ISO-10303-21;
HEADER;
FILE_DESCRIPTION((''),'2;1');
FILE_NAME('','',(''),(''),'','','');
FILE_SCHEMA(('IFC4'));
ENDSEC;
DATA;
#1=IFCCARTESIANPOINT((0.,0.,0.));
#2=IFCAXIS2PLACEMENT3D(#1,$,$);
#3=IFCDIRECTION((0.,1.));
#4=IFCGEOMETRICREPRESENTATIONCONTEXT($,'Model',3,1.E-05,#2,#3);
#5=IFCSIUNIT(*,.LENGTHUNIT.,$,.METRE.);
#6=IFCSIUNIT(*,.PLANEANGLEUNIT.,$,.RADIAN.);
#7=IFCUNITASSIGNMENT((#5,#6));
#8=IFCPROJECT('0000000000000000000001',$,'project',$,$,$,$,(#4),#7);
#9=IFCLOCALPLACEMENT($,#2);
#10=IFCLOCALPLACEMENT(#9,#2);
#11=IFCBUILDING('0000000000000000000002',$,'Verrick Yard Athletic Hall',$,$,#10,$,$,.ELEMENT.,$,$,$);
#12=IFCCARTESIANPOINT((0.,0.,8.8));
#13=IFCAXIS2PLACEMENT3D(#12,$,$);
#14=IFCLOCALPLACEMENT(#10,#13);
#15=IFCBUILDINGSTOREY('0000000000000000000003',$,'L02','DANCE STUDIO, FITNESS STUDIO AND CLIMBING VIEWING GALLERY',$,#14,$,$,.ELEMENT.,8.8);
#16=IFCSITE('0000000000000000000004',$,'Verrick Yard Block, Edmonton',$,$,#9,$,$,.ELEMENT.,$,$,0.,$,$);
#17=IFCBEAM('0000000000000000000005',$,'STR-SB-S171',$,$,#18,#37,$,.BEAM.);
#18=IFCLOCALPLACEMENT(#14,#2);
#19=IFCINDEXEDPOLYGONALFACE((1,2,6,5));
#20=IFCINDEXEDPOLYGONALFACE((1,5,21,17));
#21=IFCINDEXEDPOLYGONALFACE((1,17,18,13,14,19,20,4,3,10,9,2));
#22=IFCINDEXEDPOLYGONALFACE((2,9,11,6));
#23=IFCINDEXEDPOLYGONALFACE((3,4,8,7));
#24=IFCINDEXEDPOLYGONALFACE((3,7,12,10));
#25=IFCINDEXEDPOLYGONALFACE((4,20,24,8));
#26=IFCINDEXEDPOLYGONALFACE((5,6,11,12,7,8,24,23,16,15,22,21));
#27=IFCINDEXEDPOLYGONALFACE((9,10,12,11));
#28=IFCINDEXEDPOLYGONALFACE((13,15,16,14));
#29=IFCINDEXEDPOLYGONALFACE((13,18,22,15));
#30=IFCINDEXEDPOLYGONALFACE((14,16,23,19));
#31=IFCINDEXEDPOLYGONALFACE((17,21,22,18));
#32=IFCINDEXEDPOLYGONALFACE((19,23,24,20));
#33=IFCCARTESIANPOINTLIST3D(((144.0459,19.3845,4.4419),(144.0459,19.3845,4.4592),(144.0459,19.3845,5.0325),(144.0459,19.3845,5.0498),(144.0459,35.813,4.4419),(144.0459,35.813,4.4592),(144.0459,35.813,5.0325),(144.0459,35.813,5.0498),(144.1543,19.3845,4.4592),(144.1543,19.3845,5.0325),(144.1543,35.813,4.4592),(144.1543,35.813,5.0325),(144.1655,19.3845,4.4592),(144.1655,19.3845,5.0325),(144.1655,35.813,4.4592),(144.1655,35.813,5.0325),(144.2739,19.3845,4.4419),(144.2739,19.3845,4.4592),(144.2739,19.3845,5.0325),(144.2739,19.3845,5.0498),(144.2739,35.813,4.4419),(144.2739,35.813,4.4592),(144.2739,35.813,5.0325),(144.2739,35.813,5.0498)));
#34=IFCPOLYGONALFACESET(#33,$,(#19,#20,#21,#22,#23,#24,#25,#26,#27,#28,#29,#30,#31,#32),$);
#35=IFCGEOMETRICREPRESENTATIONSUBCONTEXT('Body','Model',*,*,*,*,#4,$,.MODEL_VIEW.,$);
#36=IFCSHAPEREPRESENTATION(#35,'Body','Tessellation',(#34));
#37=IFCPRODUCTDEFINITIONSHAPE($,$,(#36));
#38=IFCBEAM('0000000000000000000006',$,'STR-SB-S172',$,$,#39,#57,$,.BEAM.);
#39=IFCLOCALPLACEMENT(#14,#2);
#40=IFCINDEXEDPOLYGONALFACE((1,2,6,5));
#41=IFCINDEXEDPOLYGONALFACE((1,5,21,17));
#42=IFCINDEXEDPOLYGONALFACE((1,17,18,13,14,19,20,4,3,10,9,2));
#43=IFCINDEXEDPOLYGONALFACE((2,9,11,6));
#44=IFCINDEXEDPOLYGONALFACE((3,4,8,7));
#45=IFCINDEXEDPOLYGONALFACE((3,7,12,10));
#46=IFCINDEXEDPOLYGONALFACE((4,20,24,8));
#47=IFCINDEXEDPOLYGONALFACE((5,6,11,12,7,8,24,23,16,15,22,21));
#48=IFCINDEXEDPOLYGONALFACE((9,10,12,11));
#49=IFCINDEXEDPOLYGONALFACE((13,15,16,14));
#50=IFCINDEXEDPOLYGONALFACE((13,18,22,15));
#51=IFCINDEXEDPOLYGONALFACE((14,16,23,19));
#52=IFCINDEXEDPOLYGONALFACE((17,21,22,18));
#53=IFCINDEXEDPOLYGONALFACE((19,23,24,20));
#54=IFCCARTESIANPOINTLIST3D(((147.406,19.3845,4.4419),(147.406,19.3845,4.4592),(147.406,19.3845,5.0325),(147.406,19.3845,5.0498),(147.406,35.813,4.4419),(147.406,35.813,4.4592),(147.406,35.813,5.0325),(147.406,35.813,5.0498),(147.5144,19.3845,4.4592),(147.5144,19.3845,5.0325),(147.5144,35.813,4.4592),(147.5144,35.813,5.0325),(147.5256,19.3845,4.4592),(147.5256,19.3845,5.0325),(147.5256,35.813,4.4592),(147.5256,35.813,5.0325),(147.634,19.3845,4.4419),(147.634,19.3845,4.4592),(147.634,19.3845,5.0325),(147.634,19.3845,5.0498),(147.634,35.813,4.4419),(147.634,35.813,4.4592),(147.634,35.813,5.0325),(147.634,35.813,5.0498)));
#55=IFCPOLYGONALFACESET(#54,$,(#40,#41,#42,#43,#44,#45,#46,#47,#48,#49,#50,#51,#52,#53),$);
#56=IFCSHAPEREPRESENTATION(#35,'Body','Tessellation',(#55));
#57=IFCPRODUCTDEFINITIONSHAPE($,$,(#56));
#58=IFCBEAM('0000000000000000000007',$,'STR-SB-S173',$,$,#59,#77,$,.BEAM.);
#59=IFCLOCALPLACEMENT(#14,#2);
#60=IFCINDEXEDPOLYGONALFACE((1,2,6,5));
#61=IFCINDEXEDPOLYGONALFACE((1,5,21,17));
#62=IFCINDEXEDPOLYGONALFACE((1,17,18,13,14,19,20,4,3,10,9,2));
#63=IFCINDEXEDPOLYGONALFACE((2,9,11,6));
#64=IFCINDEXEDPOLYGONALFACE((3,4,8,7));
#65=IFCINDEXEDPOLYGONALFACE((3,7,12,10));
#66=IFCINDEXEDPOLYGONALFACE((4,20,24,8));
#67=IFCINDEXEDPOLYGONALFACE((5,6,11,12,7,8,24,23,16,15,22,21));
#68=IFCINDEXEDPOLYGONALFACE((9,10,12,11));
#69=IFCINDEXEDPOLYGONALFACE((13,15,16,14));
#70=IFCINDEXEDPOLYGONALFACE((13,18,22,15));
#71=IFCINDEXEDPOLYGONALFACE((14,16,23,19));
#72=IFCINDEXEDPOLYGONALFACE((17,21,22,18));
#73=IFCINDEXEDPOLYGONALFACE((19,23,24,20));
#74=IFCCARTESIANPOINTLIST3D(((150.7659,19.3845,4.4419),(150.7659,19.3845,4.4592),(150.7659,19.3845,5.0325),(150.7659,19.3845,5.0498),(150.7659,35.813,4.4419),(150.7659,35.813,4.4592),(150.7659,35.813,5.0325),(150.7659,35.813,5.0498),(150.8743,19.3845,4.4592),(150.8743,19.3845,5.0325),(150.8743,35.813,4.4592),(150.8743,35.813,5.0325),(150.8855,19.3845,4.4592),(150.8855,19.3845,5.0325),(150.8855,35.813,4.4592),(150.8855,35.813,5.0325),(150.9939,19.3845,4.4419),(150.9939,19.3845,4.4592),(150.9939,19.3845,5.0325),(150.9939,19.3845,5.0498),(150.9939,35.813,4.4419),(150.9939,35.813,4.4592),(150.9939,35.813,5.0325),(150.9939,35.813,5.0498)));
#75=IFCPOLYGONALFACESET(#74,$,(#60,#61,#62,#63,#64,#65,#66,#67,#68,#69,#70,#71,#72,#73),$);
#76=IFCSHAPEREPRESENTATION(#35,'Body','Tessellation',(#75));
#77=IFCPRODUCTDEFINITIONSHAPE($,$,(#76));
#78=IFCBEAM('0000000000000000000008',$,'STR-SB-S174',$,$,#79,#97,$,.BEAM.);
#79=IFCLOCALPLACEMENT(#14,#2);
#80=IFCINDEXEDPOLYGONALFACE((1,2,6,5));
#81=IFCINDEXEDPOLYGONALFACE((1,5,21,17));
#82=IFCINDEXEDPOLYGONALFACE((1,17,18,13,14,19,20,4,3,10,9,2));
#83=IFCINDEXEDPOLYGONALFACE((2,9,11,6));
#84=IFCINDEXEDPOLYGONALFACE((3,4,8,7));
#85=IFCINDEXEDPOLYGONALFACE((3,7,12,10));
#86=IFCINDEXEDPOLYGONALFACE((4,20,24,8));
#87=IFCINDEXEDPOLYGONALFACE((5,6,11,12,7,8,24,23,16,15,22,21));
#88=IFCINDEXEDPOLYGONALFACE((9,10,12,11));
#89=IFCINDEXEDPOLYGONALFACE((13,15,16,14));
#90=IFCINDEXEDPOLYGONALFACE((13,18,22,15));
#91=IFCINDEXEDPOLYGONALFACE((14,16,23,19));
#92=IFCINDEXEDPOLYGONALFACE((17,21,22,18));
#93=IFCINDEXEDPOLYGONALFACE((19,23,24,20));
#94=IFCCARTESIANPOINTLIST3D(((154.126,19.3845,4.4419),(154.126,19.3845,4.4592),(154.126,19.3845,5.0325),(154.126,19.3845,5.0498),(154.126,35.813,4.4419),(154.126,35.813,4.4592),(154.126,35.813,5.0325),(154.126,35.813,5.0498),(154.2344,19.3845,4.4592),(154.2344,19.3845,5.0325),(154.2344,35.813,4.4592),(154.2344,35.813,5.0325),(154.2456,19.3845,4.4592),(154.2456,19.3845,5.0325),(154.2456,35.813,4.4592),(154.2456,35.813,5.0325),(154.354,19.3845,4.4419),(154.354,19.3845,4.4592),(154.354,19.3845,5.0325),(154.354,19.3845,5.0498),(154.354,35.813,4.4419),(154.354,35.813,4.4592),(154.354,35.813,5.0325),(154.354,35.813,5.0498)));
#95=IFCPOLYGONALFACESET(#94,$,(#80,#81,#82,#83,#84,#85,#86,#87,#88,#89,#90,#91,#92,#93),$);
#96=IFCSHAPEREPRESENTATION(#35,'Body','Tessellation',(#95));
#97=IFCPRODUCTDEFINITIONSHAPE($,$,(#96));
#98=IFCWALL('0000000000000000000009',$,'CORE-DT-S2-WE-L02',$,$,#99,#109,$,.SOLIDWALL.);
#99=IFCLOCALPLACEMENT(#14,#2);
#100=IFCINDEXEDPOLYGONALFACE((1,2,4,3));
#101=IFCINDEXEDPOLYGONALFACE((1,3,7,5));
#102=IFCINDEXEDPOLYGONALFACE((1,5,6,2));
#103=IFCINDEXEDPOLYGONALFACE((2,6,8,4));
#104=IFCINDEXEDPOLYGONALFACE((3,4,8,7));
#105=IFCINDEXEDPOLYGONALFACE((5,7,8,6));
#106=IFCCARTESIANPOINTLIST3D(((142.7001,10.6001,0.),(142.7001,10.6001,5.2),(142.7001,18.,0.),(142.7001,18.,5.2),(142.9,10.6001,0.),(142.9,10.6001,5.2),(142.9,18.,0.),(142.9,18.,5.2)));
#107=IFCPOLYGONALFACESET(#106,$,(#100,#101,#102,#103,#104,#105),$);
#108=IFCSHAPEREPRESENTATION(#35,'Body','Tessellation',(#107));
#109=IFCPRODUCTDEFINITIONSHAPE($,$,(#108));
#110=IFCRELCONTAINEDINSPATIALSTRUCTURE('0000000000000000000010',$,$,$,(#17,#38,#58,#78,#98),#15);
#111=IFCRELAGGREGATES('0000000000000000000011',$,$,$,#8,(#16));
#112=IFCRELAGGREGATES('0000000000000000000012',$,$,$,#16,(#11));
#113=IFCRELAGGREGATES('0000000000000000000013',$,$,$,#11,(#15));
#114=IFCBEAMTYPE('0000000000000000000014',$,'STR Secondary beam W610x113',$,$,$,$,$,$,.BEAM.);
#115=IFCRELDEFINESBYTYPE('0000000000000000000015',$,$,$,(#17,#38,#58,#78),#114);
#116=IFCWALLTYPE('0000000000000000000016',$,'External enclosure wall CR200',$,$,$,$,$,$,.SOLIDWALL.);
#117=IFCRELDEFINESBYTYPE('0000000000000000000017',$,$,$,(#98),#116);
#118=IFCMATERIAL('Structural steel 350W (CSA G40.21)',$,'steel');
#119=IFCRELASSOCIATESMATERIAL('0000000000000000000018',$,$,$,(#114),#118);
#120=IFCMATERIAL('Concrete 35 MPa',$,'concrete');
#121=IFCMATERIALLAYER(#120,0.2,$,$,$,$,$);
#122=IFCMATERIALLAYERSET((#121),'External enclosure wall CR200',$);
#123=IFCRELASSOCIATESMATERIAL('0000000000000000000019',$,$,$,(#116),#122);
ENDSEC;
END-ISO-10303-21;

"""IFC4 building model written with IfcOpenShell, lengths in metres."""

from ifc_helpers import new_model, si_unit, direction, frame, frame_2d, origin, origin_2d, place, context, subcontext, project, spatial, rectangle, i_section, extrude, material, layer, layer_set, material_profile, profile_set, type_object, element, save


model = new_model("IFC4")

# Units and contexts
model_context = context("Model", 3, precision=1e-05, world=origin(), true_north=direction((0.0, 1.0)))
body_context = subcontext(model_context, "Body", "Model", "MODEL_VIEW")
ifc_project = project(units=[si_unit("LENGTHUNIT", "METRE"), si_unit("PLANEANGLEUNIT", "RADIAN")], contexts=[model_context])

# Site, building, storey
site_placement = place(None, origin())
site = spatial("IfcSite", under=ifc_project, at=site_placement, Name="Verrick Yard Block, Edmonton", CompositionType="ELEMENT", RefElevation=0.0)
building_placement = place(site_placement, origin())
building = spatial("IfcBuilding", under=site, at=building_placement, Name="Verrick Yard Athletic Hall", CompositionType="ELEMENT")
storey_placement = place(building_placement, frame((0.0, 0.0, 8.8)))
storey = spatial("IfcBuildingStorey", under=building, at=storey_placement, Name="L02", Description="DANCE STUDIO, FITNESS STUDIO AND CLIMBING VIEWING GALLERY", CompositionType="ELEMENT", Elevation=8.8)

# Shared definitions
ifc_material_1 = material(Name="Structural steel 350W (CSA G40.21)", Category="steel")

# Beams
ifc_material_profile_1 = material_profile(ifc_material_1, i_section(OverallWidth=0.228, OverallDepth=0.6079, WebThickness=0.0112, FlangeThickness=0.0173, at=origin_2d()), Name="W610x113")
ifc_profile_set_1 = profile_set([ifc_material_profile_1], Name="Structural steel 350W (CSA G40.21)")
beam_type = type_object("IfcBeamType", Name="STR Secondary beam W610x113", PredefinedType="BEAM", material=ifc_profile_set_1)
for number, where, z_axis, x_axis, name in (
    (1, (144.1599, 19.3845, 4.7458), (0.0, 1.0, 0.0), (-1.0, 0.0, 0.0), "STR-SB-S171"),
    (2, (147.52, 19.3845, 4.7458), (0.0, 1.0, 0.0), (-1.0, 0.0, 0.0), "STR-SB-S172"),
    (3, (150.8799, 19.3845, 4.7458), (0.0, 1.0, 0.0), (-1.0, 0.0, 0.0), "STR-SB-S173"),
    (4, (154.24, 19.3845, 4.7458), (0.0, 1.0, 0.0), (-1.0, 0.0, 0.0), "STR-SB-S174"),
):
    element("IfcBeam", number, at=place(storey_placement, frame(where, z_axis=z_axis, x_axis=x_axis)), inside=storey, type_object=beam_type, Name=name, PredefinedType="BEAM", context=body_context, shape_type="SweptSolid", body=[
        extrude(i_section(OverallWidth=0.228, OverallDepth=0.6079, WebThickness=0.0112, FlangeThickness=0.0173, at=origin_2d()), origin(), (0.0, 0.0, 1.0), 16.4285),
    ])

# Wall
ifc_material_2 = material(Name="Concrete 35 MPa", Category="concrete")
ifc_layer = layer(ifc_material_2, 0.2)
ifc_layer_set = layer_set([ifc_layer], Name="External enclosure wall CR200")
wall_type = type_object("IfcWallType", Name="External enclosure wall CR200", PredefinedType="SOLIDWALL", material=ifc_layer_set)
wall_placement = place(storey_placement, frame((142.8, 18.0, 0.0), z_axis=(0.0, 0.0, 1.0), x_axis=(0.0, -1.0, 0.0)))
element("IfcWall", 5, at=wall_placement, inside=storey, type_object=wall_type, Name="CORE-DT-S2-WE-L02", PredefinedType="SOLIDWALL", context=body_context, shape_type="SweptSolid", body=[
    extrude(rectangle(XDim=7.3999, YDim=0.2, at=frame_2d((3.7, 0.0))), origin(), (0.0, 0.0, 1.0), 5.2),
])

save(model, "model.ifc")
